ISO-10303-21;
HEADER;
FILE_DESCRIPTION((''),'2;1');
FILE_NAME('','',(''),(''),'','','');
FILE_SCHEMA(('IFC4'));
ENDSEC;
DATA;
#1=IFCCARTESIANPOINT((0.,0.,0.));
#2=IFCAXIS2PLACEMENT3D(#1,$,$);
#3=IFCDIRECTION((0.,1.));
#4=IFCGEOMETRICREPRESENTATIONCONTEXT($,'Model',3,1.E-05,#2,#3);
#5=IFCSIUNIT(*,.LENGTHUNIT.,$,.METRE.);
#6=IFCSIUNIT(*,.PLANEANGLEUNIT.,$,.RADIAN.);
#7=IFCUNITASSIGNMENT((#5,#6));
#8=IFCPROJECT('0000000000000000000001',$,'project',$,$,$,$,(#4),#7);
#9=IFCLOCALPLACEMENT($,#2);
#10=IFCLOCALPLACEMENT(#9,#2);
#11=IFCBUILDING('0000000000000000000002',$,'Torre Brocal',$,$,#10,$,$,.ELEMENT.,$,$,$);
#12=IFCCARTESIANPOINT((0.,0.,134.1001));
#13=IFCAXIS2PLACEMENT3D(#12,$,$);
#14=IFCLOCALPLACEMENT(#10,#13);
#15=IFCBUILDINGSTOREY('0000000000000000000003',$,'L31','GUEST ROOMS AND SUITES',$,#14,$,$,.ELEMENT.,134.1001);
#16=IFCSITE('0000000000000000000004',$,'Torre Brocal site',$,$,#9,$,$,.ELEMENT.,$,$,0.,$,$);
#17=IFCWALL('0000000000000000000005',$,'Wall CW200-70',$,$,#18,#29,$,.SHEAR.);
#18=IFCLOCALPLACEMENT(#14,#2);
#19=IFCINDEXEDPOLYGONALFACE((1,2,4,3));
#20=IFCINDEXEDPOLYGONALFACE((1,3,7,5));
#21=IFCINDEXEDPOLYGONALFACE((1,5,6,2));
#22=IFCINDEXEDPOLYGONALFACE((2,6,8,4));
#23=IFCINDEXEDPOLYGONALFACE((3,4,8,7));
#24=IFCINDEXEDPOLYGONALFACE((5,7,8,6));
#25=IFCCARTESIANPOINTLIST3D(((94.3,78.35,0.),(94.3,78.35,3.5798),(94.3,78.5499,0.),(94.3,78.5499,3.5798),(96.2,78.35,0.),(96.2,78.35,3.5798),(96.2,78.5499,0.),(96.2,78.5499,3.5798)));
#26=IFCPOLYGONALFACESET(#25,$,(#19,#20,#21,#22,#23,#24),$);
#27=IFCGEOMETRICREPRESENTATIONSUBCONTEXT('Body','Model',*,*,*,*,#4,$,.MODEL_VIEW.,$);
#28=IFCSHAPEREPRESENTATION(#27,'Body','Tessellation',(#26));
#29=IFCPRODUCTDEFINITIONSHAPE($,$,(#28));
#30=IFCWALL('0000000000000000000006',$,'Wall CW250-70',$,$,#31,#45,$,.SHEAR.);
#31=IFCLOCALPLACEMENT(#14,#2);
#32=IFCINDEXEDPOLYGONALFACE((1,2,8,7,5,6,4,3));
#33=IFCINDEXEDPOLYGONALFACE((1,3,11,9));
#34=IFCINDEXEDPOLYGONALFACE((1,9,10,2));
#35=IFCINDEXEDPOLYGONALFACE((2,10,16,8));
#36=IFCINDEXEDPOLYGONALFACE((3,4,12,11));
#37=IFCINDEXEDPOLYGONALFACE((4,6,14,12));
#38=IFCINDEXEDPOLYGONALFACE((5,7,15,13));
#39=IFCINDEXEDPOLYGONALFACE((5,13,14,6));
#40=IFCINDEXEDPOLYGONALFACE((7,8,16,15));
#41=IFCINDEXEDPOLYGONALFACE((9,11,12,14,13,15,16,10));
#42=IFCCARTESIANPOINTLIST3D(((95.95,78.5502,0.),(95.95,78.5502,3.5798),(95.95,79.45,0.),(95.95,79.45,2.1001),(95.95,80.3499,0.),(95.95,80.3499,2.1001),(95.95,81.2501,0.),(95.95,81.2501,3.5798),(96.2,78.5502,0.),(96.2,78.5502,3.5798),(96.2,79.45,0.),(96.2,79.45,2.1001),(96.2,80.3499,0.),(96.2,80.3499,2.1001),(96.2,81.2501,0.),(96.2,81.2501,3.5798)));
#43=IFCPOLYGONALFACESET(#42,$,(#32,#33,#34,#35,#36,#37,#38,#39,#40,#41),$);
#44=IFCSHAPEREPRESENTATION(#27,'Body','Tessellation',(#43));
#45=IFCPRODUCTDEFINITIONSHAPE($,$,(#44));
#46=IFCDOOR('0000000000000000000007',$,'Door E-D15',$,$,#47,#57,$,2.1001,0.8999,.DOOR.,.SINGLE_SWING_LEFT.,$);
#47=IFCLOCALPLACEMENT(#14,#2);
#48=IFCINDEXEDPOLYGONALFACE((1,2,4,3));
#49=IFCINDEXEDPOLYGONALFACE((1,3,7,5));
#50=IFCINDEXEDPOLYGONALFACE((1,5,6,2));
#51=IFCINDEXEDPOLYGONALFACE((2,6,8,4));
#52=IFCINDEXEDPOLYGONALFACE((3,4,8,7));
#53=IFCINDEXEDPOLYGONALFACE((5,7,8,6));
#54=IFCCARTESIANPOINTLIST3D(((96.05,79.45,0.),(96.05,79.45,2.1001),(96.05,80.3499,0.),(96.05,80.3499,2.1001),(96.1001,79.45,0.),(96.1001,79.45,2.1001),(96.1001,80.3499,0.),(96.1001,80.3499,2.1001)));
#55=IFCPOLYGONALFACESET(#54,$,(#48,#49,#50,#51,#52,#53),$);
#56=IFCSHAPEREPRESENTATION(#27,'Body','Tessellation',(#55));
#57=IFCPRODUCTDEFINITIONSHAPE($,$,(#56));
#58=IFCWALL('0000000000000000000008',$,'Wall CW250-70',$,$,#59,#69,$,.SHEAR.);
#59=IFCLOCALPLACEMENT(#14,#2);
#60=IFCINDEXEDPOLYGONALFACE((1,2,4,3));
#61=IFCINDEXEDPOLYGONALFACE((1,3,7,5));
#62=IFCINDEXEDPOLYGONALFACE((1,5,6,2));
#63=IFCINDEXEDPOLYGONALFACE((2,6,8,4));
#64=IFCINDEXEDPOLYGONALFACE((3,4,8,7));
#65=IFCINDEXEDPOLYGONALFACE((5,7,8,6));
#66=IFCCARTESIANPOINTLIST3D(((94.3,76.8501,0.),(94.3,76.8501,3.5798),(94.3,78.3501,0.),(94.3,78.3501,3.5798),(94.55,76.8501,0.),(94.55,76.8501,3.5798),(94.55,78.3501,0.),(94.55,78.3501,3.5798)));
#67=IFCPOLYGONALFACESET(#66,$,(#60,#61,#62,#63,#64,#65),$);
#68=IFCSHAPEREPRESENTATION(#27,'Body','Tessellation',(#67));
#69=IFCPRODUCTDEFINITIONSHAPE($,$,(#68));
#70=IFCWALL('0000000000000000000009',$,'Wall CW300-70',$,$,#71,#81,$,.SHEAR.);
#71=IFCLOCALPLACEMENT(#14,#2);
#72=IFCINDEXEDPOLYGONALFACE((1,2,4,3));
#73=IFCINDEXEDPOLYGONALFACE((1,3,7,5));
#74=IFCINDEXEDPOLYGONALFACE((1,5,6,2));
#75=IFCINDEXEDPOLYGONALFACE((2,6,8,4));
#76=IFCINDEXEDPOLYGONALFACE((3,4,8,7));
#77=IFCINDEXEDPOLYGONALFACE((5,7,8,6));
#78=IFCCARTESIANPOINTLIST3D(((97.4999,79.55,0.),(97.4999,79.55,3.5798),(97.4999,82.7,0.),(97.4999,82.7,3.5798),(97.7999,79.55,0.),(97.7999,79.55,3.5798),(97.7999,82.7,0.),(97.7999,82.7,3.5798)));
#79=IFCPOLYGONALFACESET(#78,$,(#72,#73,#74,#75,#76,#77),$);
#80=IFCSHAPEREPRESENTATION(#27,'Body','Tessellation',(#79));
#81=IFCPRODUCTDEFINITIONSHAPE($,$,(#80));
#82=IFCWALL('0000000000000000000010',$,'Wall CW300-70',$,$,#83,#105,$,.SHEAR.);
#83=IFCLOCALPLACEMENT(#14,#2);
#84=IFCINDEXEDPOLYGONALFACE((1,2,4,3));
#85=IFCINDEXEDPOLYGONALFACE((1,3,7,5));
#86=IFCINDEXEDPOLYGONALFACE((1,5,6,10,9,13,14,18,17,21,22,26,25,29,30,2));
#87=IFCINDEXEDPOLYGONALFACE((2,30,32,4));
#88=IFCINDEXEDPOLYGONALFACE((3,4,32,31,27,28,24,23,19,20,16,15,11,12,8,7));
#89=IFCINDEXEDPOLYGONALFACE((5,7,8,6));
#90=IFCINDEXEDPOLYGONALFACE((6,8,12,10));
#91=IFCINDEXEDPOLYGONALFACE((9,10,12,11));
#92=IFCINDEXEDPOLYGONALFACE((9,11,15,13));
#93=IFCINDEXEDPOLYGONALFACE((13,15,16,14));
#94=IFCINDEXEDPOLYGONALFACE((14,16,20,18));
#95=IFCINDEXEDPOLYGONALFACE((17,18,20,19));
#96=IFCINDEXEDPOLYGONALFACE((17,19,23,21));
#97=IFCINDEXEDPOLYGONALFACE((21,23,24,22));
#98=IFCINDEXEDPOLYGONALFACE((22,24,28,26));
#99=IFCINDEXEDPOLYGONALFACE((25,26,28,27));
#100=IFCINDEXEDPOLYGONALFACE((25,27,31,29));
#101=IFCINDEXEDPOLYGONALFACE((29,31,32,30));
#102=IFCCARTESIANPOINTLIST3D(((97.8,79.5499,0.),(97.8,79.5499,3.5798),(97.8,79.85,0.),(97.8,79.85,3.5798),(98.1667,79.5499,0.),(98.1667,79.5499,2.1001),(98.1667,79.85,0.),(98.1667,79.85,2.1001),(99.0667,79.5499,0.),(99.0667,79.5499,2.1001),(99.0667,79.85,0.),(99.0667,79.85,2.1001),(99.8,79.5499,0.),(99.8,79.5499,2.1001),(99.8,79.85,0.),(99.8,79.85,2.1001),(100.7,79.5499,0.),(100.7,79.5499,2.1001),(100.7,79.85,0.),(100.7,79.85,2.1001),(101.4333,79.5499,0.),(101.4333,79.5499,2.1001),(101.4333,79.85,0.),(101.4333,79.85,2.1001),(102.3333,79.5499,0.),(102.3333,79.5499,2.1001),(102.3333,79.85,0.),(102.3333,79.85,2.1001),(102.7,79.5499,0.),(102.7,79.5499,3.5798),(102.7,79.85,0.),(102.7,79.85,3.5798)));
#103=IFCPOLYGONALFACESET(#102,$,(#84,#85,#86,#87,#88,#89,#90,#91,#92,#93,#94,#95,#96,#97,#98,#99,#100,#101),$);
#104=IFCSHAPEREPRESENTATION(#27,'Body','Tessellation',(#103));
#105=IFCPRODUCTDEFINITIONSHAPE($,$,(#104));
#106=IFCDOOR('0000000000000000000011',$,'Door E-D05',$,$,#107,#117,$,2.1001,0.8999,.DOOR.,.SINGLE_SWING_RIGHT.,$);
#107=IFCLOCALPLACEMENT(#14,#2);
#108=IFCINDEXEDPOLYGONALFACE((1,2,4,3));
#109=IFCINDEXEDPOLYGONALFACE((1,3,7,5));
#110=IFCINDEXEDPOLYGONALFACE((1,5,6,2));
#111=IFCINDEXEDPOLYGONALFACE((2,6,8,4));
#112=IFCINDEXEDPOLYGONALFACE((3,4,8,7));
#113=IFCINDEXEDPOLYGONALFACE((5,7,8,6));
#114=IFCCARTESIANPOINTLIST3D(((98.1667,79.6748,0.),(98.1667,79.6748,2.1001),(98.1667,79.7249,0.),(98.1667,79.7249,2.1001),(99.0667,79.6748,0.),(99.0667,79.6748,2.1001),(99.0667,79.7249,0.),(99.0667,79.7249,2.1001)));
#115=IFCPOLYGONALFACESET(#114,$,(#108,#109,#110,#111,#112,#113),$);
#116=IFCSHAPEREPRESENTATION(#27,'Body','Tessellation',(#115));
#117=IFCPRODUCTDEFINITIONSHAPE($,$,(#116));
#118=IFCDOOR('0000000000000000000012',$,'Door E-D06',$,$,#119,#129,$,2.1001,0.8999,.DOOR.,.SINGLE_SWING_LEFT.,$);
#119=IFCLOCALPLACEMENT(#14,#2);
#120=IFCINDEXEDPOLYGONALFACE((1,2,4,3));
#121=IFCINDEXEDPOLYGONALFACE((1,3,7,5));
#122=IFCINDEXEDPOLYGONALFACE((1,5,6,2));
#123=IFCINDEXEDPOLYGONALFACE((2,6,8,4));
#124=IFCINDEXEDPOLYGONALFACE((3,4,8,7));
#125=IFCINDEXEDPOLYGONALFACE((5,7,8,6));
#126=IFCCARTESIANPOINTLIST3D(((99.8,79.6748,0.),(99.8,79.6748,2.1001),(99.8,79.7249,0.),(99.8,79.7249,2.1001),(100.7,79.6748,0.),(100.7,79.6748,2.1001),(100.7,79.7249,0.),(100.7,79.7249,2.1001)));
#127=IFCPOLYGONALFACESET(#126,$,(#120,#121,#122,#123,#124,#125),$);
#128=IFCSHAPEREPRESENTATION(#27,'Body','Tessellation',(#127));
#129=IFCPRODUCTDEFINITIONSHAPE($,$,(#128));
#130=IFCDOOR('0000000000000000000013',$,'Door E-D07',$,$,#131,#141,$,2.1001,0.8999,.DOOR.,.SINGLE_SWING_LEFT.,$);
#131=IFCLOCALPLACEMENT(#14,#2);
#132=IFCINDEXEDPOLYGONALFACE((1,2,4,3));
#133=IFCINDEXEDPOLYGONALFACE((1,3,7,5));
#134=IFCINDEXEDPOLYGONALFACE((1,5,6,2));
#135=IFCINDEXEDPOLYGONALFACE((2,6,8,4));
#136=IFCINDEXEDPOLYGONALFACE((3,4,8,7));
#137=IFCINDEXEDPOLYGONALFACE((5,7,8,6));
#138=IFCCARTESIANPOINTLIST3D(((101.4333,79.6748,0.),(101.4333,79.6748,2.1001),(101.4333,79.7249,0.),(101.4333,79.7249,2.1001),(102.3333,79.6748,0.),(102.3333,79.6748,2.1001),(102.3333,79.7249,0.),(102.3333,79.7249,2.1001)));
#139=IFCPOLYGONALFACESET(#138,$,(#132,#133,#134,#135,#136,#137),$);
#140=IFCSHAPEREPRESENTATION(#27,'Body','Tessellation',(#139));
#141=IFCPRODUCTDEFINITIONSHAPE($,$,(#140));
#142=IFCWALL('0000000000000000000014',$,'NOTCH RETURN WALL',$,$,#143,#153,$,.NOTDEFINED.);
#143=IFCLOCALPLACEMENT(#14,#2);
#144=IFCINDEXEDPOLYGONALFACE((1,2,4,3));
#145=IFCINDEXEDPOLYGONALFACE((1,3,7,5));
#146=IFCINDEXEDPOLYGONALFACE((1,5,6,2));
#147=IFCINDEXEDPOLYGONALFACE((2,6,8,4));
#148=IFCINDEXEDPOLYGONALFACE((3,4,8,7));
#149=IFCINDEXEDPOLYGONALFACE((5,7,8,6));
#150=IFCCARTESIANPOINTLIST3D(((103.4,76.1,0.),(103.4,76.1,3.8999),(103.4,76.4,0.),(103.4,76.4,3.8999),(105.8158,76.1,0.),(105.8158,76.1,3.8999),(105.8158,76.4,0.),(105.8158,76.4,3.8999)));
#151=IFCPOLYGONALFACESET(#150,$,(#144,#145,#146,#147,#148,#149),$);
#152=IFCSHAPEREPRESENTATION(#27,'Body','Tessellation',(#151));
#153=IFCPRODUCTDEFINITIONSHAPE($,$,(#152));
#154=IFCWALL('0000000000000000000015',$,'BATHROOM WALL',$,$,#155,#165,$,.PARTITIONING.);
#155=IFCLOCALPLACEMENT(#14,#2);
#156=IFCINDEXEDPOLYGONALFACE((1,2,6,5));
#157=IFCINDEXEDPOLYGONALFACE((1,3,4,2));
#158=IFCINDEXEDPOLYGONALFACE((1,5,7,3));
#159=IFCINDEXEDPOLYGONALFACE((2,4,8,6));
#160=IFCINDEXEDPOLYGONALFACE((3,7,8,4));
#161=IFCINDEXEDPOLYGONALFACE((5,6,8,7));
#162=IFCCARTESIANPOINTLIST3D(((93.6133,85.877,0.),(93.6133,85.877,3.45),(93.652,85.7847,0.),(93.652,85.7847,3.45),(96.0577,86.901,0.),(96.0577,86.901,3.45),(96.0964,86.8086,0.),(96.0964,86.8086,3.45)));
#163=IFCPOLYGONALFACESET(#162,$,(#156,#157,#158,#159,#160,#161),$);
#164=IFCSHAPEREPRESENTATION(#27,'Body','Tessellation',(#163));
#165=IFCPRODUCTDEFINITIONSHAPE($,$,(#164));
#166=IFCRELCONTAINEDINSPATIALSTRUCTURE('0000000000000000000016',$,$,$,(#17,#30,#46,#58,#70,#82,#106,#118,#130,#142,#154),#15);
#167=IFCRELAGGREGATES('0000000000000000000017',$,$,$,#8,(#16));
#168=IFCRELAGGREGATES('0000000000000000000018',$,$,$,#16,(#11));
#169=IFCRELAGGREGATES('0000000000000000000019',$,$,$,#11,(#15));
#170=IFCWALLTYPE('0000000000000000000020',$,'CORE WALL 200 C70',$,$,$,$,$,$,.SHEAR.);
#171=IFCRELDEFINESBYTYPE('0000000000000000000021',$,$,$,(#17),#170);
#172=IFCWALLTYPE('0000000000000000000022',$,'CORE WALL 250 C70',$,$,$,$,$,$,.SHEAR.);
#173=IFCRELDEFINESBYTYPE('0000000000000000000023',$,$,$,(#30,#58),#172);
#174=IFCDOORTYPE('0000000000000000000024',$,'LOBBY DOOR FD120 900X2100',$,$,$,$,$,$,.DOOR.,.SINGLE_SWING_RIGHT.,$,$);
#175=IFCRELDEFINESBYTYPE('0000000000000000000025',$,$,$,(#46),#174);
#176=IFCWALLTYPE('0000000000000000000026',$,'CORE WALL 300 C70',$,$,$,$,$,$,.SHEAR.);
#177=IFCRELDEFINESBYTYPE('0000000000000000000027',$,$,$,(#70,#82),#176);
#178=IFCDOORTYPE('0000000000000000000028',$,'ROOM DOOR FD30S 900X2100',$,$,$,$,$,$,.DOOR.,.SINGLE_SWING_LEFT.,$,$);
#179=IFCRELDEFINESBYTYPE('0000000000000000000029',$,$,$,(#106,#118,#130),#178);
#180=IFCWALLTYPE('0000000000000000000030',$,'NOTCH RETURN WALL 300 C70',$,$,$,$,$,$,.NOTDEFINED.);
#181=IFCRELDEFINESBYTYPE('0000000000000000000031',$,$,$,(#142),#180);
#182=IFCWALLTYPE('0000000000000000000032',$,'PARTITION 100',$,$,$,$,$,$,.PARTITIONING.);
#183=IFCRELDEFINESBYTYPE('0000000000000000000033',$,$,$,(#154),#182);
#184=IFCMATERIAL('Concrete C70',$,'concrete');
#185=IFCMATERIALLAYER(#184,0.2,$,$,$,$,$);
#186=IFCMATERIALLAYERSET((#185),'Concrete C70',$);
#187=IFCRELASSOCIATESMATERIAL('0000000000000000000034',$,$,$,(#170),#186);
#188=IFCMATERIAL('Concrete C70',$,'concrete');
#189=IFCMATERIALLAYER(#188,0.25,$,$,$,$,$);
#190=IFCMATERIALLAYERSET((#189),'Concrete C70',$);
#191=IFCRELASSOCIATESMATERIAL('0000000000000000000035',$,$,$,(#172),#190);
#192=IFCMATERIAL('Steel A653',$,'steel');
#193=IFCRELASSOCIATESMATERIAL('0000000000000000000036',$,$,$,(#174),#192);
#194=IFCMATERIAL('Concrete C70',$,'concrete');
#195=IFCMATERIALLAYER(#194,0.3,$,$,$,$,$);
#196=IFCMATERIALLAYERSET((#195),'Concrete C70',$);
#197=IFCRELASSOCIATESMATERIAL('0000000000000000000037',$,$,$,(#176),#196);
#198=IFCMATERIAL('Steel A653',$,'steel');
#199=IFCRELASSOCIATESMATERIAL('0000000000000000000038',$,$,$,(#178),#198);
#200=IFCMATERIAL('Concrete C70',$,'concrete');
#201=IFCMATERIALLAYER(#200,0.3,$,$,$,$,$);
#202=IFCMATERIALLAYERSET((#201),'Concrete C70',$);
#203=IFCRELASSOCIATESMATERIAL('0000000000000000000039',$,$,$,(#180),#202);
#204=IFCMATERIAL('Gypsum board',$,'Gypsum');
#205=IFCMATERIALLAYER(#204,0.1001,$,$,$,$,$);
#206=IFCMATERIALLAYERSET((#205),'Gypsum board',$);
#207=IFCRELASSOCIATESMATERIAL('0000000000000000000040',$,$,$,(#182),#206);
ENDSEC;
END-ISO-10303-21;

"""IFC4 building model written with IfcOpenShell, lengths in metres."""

from ifc_helpers import new_model, si_unit, direction, frame, frame_2d, origin, place, context, subcontext, project, spatial, rectangle, extrude, material, layer, layer_set, type_object, element, fill, save


model = new_model("IFC4")

# Units and contexts
model_context = context("Model", 3, precision=1e-05, world=origin(), true_north=direction((0.0, 1.0)))
body_context = subcontext(model_context, "Body", "Model", "MODEL_VIEW")
ifc_project = project(units=[si_unit("LENGTHUNIT", "METRE"), si_unit("PLANEANGLEUNIT", "RADIAN")], contexts=[model_context])

# Site, building, storey
site_placement = place(None, origin())
site = spatial("IfcSite", under=ifc_project, at=site_placement, Name="Torre Brocal site", CompositionType="ELEMENT", RefElevation=0.0)
building_placement = place(site_placement, origin())
building = spatial("IfcBuilding", under=site, at=building_placement, Name="Torre Brocal", CompositionType="ELEMENT")
storey_placement = place(building_placement, frame((0.0, 0.0, 134.1001)))
storey = spatial("IfcBuildingStorey", under=building, at=storey_placement, Name="L31", Description="GUEST ROOMS AND SUITES", CompositionType="ELEMENT", Elevation=134.1001)

# Wall
ifc_material_1 = material(Name="Concrete C70", Category="concrete")
ifc_layer_1 = layer(ifc_material_1, 0.2)
ifc_layer_set_1 = layer_set([ifc_layer_1], Name="Concrete C70")
wall_type_1 = type_object("IfcWallType", Name="CORE WALL 200 C70", PredefinedType="SHEAR", material=ifc_layer_set_1)
wall_1_placement = place(storey_placement, frame((94.3, 78.45, 0.0), z_axis=(0.0, 0.0, 1.0), x_axis=(1.0, 0.0, 0.0)))
element("IfcWall", 1, at=wall_1_placement, inside=storey, type_object=wall_type_1, Name="Wall CW200-70", PredefinedType="SHEAR", context=body_context, shape_type="SweptSolid", body=[
    extrude(rectangle(XDim=1.8999, YDim=0.2, at=frame_2d((0.95, 0.0))), origin(), (0.0, 0.0, 1.0), 3.5798),
])

# Wall, opening, door
ifc_material_2 = material(Name="Concrete C70", Category="concrete")
ifc_layer_2 = layer(ifc_material_2, 0.25)
ifc_layer_set_2 = layer_set([ifc_layer_2], Name="Concrete C70")
wall_type_2 = type_object("IfcWallType", Name="CORE WALL 250 C70", PredefinedType="SHEAR", material=ifc_layer_set_2)
wall_2_placement = place(storey_placement, frame((96.075, 78.55, 0.0), z_axis=(0.0, 0.0, 1.0), x_axis=(0.0, 1.0, 0.0)))
wall_2 = element("IfcWall", 2, at=wall_2_placement, inside=storey, type_object=wall_type_2, Name="Wall CW250-70", PredefinedType="SHEAR", context=body_context, shape_type="SweptSolid", body=[
    extrude(rectangle(XDim=2.7, YDim=0.25, at=frame_2d((1.3501, 0.0))), origin(), (0.0, 0.0, 1.0), 3.5798),
])
opening_1_placement = place(wall_2_placement, frame((0.8999, 0.0, 0.0)))
opening_1 = element("IfcOpeningElement", 3, at=opening_1_placement, cuts=wall_2, PredefinedType="OPENING", context=body_context, shape_type="SweptSolid", body=[
    extrude(rectangle(XDim=0.8999, YDim=2.1001, at=frame_2d((0.45, 1.05))), frame((0.0, 0.135, 0.0), z_axis=(0.0, -1.0, 0.0), x_axis=(1.0, 0.0, 0.0)), (0.0, 0.0, 1.0), 0.27),
])
ifc_material_3 = material(Name="Steel A653", Category="steel")
door_type_1 = type_object("IfcDoorType", Name="LOBBY DOOR FD120 900X2100", OperationType="SINGLE_SWING_RIGHT", PredefinedType="DOOR", material=ifc_material_3)
door_1_placement = place(opening_1_placement, origin())
door_1 = element("IfcDoor", 4, at=door_1_placement, inside=storey, type_object=door_type_1, Name="Door E-D15", OperationType="SINGLE_SWING_LEFT", OverallHeight=2.1001, OverallWidth=0.8999, PredefinedType="DOOR", context=body_context, shape_type="SweptSolid", body=[
    extrude(rectangle(XDim=0.8999, YDim=2.1001, at=frame_2d((0.45, 1.05))), frame((0.0, 0.0249, 0.0), z_axis=(0.0, -1.0, 0.0), x_axis=(1.0, 0.0, 0.0)), (0.0, 0.0, 1.0), 0.05),
])
fill(opening_1, door_1)

# Walls
wall_3_placement = place(storey_placement, frame((94.425, 76.8501, 0.0), z_axis=(0.0, 0.0, 1.0), x_axis=(0.0, 1.0, 0.0)))
element("IfcWall", 5, at=wall_3_placement, inside=storey, type_object=wall_type_2, Name="Wall CW250-70", PredefinedType="SHEAR", context=body_context, shape_type="SweptSolid", body=[
    extrude(rectangle(XDim=1.5, YDim=0.25, at=frame_2d((0.75, 0.0))), origin(), (0.0, 0.0, 1.0), 3.5798),
])
ifc_material_4 = material(Name="Concrete C70", Category="concrete")
ifc_layer_3 = layer(ifc_material_4, 0.3)
ifc_layer_set_3 = layer_set([ifc_layer_3], Name="Concrete C70")
wall_type_3 = type_object("IfcWallType", Name="CORE WALL 300 C70", PredefinedType="SHEAR", material=ifc_layer_set_3)
wall_4_placement = place(storey_placement, frame((97.6499, 79.55, 0.0), z_axis=(0.0, 0.0, 1.0), x_axis=(0.0, 1.0, 0.0)))
element("IfcWall", 6, at=wall_4_placement, inside=storey, type_object=wall_type_3, Name="Wall CW300-70", PredefinedType="SHEAR", context=body_context, shape_type="SweptSolid", body=[
    extrude(rectangle(XDim=3.1499, YDim=0.3, at=frame_2d((1.575, 0.0))), origin(), (0.0, 0.0, 1.0), 3.5798),
])

# Wall, openings, doors
wall_5_placement = place(storey_placement, frame((97.8, 79.7, 0.0), z_axis=(0.0, 0.0, 1.0), x_axis=(1.0, 0.0, 0.0)))
wall_5 = element("IfcWall", 7, at=wall_5_placement, inside=storey, type_object=wall_type_3, Name="Wall CW300-70", PredefinedType="SHEAR", context=body_context, shape_type="SweptSolid", body=[
    extrude(rectangle(XDim=4.8999, YDim=0.3, at=frame_2d((2.45, 0.0))), origin(), (0.0, 0.0, 1.0), 3.5798),
])
opening_2_placement = place(wall_5_placement, frame((0.3667, 0.0, 0.0)))
opening_2 = element("IfcOpeningElement", 8, at=opening_2_placement, cuts=wall_5, PredefinedType="OPENING", context=body_context, shape_type="SweptSolid", body=[
    extrude(rectangle(XDim=0.8999, YDim=2.1001, at=frame_2d((0.45, 1.05))), frame((0.0, 0.1599, 0.0), z_axis=(0.0, -1.0, 0.0), x_axis=(1.0, 0.0, 0.0)), (0.0, 0.0, 1.0), 0.3201),
])
opening_3_placement = place(wall_5_placement, frame((2.0, 0.0, 0.0)))
opening_3 = element("IfcOpeningElement", 9, at=opening_3_placement, cuts=wall_5, PredefinedType="OPENING", context=body_context, shape_type="SweptSolid", body=[
    extrude(rectangle(XDim=0.8999, YDim=2.1001, at=frame_2d((0.45, 1.05))), frame((0.0, 0.1599, 0.0), z_axis=(0.0, -1.0, 0.0), x_axis=(1.0, 0.0, 0.0)), (0.0, 0.0, 1.0), 0.3201),
])
opening_4_placement = place(wall_5_placement, frame((3.6333, 0.0, 0.0)))
opening_4 = element("IfcOpeningElement", 10, at=opening_4_placement, cuts=wall_5, PredefinedType="OPENING", context=body_context, shape_type="SweptSolid", body=[
    extrude(rectangle(XDim=0.8999, YDim=2.1001, at=frame_2d((0.45, 1.05))), frame((0.0, 0.1599, 0.0), z_axis=(0.0, -1.0, 0.0), x_axis=(1.0, 0.0, 0.0)), (0.0, 0.0, 1.0), 0.3201),
])
ifc_material_5 = material(Name="Steel A653", Category="steel")
door_type_2 = type_object("IfcDoorType", Name="ROOM DOOR FD30S 900X2100", OperationType="SINGLE_SWING_LEFT", PredefinedType="DOOR", material=ifc_material_5)
door_2_placement = place(opening_2_placement, origin())
door_2 = element("IfcDoor", 11, at=door_2_placement, inside=storey, type_object=door_type_2, Name="Door E-D05", OperationType="SINGLE_SWING_RIGHT", OverallHeight=2.1001, OverallWidth=0.8999, PredefinedType="DOOR", context=body_context, shape_type="SweptSolid", body=[
    extrude(rectangle(XDim=0.8999, YDim=2.1001, at=frame_2d((0.45, 1.05))), frame((0.0, 0.0249, 0.0), z_axis=(0.0, -1.0, 0.0), x_axis=(1.0, 0.0, 0.0)), (0.0, 0.0, 1.0), 0.05),
])
fill(opening_2, door_2)
door_3_placement = place(opening_3_placement, origin())
door_3 = element("IfcDoor", 12, at=door_3_placement, inside=storey, type_object=door_type_2, Name="Door E-D06", OperationType="SINGLE_SWING_LEFT", OverallHeight=2.1001, OverallWidth=0.8999, PredefinedType="DOOR", context=body_context, shape_type="SweptSolid", body=[
    extrude(rectangle(XDim=0.8999, YDim=2.1001, at=frame_2d((0.45, 1.05))), frame((0.0, 0.0249, 0.0), z_axis=(0.0, -1.0, 0.0), x_axis=(1.0, 0.0, 0.0)), (0.0, 0.0, 1.0), 0.05),
])
fill(opening_3, door_3)
door_4_placement = place(opening_4_placement, origin())
door_4 = element("IfcDoor", 13, at=door_4_placement, inside=storey, type_object=door_type_2, Name="Door E-D07", OperationType="SINGLE_SWING_LEFT", OverallHeight=2.1001, OverallWidth=0.8999, PredefinedType="DOOR", context=body_context, shape_type="SweptSolid", body=[
    extrude(rectangle(XDim=0.8999, YDim=2.1001, at=frame_2d((0.45, 1.05))), frame((0.0, 0.0249, 0.0), z_axis=(0.0, -1.0, 0.0), x_axis=(1.0, 0.0, 0.0)), (0.0, 0.0, 1.0), 0.05),
])
fill(opening_4, door_4)

# Walls
ifc_material_6 = material(Name="Concrete C70", Category="concrete")
ifc_layer_4 = layer(ifc_material_6, 0.3)
ifc_layer_set_4 = layer_set([ifc_layer_4], Name="Concrete C70")
wall_type_4 = type_object("IfcWallType", Name="NOTCH RETURN WALL 300 C70", PredefinedType="NOTDEFINED", material=ifc_layer_set_4)
wall_6_placement = place(storey_placement, frame((103.3999, 76.25, 0.0), z_axis=(0.0, 0.0, 1.0), x_axis=(1.0, 0.0, 0.0)))
element("IfcWall", 14, at=wall_6_placement, inside=storey, type_object=wall_type_4, Name="NOTCH RETURN WALL", PredefinedType="NOTDEFINED", context=body_context, shape_type="SweptSolid", body=[
    extrude(rectangle(XDim=2.4158, YDim=0.3, at=frame_2d((1.208, 0.0))), origin(), (0.0, 0.0, 1.0), 3.8999),
])
ifc_material_7 = material(Name="Gypsum board", Category="Gypsum")
ifc_layer_5 = layer(ifc_material_7, 0.1001)
ifc_layer_set_5 = layer_set([ifc_layer_5], Name="Gypsum board")
wall_type_5 = type_object("IfcWallType", Name="PARTITION 100", PredefinedType="PARTITIONING", material=ifc_layer_set_5)
wall_7_placement = place(storey_placement, frame((93.6326, 85.8308, 0.0), z_axis=(0.0, 0.0, 1.0), x_axis=(0.922345, 0.386368, 0.0)))
element("IfcWall", 15, at=wall_7_placement, inside=storey, type_object=wall_type_5, Name="BATHROOM WALL", PredefinedType="PARTITIONING", context=body_context, shape_type="SweptSolid", body=[
    extrude(rectangle(XDim=2.6501, YDim=0.1001, at=frame_2d((1.3252, 0.0))), origin(), (0.0, 0.0, 1.0), 3.45),
])

save(model, "model.ifc")
